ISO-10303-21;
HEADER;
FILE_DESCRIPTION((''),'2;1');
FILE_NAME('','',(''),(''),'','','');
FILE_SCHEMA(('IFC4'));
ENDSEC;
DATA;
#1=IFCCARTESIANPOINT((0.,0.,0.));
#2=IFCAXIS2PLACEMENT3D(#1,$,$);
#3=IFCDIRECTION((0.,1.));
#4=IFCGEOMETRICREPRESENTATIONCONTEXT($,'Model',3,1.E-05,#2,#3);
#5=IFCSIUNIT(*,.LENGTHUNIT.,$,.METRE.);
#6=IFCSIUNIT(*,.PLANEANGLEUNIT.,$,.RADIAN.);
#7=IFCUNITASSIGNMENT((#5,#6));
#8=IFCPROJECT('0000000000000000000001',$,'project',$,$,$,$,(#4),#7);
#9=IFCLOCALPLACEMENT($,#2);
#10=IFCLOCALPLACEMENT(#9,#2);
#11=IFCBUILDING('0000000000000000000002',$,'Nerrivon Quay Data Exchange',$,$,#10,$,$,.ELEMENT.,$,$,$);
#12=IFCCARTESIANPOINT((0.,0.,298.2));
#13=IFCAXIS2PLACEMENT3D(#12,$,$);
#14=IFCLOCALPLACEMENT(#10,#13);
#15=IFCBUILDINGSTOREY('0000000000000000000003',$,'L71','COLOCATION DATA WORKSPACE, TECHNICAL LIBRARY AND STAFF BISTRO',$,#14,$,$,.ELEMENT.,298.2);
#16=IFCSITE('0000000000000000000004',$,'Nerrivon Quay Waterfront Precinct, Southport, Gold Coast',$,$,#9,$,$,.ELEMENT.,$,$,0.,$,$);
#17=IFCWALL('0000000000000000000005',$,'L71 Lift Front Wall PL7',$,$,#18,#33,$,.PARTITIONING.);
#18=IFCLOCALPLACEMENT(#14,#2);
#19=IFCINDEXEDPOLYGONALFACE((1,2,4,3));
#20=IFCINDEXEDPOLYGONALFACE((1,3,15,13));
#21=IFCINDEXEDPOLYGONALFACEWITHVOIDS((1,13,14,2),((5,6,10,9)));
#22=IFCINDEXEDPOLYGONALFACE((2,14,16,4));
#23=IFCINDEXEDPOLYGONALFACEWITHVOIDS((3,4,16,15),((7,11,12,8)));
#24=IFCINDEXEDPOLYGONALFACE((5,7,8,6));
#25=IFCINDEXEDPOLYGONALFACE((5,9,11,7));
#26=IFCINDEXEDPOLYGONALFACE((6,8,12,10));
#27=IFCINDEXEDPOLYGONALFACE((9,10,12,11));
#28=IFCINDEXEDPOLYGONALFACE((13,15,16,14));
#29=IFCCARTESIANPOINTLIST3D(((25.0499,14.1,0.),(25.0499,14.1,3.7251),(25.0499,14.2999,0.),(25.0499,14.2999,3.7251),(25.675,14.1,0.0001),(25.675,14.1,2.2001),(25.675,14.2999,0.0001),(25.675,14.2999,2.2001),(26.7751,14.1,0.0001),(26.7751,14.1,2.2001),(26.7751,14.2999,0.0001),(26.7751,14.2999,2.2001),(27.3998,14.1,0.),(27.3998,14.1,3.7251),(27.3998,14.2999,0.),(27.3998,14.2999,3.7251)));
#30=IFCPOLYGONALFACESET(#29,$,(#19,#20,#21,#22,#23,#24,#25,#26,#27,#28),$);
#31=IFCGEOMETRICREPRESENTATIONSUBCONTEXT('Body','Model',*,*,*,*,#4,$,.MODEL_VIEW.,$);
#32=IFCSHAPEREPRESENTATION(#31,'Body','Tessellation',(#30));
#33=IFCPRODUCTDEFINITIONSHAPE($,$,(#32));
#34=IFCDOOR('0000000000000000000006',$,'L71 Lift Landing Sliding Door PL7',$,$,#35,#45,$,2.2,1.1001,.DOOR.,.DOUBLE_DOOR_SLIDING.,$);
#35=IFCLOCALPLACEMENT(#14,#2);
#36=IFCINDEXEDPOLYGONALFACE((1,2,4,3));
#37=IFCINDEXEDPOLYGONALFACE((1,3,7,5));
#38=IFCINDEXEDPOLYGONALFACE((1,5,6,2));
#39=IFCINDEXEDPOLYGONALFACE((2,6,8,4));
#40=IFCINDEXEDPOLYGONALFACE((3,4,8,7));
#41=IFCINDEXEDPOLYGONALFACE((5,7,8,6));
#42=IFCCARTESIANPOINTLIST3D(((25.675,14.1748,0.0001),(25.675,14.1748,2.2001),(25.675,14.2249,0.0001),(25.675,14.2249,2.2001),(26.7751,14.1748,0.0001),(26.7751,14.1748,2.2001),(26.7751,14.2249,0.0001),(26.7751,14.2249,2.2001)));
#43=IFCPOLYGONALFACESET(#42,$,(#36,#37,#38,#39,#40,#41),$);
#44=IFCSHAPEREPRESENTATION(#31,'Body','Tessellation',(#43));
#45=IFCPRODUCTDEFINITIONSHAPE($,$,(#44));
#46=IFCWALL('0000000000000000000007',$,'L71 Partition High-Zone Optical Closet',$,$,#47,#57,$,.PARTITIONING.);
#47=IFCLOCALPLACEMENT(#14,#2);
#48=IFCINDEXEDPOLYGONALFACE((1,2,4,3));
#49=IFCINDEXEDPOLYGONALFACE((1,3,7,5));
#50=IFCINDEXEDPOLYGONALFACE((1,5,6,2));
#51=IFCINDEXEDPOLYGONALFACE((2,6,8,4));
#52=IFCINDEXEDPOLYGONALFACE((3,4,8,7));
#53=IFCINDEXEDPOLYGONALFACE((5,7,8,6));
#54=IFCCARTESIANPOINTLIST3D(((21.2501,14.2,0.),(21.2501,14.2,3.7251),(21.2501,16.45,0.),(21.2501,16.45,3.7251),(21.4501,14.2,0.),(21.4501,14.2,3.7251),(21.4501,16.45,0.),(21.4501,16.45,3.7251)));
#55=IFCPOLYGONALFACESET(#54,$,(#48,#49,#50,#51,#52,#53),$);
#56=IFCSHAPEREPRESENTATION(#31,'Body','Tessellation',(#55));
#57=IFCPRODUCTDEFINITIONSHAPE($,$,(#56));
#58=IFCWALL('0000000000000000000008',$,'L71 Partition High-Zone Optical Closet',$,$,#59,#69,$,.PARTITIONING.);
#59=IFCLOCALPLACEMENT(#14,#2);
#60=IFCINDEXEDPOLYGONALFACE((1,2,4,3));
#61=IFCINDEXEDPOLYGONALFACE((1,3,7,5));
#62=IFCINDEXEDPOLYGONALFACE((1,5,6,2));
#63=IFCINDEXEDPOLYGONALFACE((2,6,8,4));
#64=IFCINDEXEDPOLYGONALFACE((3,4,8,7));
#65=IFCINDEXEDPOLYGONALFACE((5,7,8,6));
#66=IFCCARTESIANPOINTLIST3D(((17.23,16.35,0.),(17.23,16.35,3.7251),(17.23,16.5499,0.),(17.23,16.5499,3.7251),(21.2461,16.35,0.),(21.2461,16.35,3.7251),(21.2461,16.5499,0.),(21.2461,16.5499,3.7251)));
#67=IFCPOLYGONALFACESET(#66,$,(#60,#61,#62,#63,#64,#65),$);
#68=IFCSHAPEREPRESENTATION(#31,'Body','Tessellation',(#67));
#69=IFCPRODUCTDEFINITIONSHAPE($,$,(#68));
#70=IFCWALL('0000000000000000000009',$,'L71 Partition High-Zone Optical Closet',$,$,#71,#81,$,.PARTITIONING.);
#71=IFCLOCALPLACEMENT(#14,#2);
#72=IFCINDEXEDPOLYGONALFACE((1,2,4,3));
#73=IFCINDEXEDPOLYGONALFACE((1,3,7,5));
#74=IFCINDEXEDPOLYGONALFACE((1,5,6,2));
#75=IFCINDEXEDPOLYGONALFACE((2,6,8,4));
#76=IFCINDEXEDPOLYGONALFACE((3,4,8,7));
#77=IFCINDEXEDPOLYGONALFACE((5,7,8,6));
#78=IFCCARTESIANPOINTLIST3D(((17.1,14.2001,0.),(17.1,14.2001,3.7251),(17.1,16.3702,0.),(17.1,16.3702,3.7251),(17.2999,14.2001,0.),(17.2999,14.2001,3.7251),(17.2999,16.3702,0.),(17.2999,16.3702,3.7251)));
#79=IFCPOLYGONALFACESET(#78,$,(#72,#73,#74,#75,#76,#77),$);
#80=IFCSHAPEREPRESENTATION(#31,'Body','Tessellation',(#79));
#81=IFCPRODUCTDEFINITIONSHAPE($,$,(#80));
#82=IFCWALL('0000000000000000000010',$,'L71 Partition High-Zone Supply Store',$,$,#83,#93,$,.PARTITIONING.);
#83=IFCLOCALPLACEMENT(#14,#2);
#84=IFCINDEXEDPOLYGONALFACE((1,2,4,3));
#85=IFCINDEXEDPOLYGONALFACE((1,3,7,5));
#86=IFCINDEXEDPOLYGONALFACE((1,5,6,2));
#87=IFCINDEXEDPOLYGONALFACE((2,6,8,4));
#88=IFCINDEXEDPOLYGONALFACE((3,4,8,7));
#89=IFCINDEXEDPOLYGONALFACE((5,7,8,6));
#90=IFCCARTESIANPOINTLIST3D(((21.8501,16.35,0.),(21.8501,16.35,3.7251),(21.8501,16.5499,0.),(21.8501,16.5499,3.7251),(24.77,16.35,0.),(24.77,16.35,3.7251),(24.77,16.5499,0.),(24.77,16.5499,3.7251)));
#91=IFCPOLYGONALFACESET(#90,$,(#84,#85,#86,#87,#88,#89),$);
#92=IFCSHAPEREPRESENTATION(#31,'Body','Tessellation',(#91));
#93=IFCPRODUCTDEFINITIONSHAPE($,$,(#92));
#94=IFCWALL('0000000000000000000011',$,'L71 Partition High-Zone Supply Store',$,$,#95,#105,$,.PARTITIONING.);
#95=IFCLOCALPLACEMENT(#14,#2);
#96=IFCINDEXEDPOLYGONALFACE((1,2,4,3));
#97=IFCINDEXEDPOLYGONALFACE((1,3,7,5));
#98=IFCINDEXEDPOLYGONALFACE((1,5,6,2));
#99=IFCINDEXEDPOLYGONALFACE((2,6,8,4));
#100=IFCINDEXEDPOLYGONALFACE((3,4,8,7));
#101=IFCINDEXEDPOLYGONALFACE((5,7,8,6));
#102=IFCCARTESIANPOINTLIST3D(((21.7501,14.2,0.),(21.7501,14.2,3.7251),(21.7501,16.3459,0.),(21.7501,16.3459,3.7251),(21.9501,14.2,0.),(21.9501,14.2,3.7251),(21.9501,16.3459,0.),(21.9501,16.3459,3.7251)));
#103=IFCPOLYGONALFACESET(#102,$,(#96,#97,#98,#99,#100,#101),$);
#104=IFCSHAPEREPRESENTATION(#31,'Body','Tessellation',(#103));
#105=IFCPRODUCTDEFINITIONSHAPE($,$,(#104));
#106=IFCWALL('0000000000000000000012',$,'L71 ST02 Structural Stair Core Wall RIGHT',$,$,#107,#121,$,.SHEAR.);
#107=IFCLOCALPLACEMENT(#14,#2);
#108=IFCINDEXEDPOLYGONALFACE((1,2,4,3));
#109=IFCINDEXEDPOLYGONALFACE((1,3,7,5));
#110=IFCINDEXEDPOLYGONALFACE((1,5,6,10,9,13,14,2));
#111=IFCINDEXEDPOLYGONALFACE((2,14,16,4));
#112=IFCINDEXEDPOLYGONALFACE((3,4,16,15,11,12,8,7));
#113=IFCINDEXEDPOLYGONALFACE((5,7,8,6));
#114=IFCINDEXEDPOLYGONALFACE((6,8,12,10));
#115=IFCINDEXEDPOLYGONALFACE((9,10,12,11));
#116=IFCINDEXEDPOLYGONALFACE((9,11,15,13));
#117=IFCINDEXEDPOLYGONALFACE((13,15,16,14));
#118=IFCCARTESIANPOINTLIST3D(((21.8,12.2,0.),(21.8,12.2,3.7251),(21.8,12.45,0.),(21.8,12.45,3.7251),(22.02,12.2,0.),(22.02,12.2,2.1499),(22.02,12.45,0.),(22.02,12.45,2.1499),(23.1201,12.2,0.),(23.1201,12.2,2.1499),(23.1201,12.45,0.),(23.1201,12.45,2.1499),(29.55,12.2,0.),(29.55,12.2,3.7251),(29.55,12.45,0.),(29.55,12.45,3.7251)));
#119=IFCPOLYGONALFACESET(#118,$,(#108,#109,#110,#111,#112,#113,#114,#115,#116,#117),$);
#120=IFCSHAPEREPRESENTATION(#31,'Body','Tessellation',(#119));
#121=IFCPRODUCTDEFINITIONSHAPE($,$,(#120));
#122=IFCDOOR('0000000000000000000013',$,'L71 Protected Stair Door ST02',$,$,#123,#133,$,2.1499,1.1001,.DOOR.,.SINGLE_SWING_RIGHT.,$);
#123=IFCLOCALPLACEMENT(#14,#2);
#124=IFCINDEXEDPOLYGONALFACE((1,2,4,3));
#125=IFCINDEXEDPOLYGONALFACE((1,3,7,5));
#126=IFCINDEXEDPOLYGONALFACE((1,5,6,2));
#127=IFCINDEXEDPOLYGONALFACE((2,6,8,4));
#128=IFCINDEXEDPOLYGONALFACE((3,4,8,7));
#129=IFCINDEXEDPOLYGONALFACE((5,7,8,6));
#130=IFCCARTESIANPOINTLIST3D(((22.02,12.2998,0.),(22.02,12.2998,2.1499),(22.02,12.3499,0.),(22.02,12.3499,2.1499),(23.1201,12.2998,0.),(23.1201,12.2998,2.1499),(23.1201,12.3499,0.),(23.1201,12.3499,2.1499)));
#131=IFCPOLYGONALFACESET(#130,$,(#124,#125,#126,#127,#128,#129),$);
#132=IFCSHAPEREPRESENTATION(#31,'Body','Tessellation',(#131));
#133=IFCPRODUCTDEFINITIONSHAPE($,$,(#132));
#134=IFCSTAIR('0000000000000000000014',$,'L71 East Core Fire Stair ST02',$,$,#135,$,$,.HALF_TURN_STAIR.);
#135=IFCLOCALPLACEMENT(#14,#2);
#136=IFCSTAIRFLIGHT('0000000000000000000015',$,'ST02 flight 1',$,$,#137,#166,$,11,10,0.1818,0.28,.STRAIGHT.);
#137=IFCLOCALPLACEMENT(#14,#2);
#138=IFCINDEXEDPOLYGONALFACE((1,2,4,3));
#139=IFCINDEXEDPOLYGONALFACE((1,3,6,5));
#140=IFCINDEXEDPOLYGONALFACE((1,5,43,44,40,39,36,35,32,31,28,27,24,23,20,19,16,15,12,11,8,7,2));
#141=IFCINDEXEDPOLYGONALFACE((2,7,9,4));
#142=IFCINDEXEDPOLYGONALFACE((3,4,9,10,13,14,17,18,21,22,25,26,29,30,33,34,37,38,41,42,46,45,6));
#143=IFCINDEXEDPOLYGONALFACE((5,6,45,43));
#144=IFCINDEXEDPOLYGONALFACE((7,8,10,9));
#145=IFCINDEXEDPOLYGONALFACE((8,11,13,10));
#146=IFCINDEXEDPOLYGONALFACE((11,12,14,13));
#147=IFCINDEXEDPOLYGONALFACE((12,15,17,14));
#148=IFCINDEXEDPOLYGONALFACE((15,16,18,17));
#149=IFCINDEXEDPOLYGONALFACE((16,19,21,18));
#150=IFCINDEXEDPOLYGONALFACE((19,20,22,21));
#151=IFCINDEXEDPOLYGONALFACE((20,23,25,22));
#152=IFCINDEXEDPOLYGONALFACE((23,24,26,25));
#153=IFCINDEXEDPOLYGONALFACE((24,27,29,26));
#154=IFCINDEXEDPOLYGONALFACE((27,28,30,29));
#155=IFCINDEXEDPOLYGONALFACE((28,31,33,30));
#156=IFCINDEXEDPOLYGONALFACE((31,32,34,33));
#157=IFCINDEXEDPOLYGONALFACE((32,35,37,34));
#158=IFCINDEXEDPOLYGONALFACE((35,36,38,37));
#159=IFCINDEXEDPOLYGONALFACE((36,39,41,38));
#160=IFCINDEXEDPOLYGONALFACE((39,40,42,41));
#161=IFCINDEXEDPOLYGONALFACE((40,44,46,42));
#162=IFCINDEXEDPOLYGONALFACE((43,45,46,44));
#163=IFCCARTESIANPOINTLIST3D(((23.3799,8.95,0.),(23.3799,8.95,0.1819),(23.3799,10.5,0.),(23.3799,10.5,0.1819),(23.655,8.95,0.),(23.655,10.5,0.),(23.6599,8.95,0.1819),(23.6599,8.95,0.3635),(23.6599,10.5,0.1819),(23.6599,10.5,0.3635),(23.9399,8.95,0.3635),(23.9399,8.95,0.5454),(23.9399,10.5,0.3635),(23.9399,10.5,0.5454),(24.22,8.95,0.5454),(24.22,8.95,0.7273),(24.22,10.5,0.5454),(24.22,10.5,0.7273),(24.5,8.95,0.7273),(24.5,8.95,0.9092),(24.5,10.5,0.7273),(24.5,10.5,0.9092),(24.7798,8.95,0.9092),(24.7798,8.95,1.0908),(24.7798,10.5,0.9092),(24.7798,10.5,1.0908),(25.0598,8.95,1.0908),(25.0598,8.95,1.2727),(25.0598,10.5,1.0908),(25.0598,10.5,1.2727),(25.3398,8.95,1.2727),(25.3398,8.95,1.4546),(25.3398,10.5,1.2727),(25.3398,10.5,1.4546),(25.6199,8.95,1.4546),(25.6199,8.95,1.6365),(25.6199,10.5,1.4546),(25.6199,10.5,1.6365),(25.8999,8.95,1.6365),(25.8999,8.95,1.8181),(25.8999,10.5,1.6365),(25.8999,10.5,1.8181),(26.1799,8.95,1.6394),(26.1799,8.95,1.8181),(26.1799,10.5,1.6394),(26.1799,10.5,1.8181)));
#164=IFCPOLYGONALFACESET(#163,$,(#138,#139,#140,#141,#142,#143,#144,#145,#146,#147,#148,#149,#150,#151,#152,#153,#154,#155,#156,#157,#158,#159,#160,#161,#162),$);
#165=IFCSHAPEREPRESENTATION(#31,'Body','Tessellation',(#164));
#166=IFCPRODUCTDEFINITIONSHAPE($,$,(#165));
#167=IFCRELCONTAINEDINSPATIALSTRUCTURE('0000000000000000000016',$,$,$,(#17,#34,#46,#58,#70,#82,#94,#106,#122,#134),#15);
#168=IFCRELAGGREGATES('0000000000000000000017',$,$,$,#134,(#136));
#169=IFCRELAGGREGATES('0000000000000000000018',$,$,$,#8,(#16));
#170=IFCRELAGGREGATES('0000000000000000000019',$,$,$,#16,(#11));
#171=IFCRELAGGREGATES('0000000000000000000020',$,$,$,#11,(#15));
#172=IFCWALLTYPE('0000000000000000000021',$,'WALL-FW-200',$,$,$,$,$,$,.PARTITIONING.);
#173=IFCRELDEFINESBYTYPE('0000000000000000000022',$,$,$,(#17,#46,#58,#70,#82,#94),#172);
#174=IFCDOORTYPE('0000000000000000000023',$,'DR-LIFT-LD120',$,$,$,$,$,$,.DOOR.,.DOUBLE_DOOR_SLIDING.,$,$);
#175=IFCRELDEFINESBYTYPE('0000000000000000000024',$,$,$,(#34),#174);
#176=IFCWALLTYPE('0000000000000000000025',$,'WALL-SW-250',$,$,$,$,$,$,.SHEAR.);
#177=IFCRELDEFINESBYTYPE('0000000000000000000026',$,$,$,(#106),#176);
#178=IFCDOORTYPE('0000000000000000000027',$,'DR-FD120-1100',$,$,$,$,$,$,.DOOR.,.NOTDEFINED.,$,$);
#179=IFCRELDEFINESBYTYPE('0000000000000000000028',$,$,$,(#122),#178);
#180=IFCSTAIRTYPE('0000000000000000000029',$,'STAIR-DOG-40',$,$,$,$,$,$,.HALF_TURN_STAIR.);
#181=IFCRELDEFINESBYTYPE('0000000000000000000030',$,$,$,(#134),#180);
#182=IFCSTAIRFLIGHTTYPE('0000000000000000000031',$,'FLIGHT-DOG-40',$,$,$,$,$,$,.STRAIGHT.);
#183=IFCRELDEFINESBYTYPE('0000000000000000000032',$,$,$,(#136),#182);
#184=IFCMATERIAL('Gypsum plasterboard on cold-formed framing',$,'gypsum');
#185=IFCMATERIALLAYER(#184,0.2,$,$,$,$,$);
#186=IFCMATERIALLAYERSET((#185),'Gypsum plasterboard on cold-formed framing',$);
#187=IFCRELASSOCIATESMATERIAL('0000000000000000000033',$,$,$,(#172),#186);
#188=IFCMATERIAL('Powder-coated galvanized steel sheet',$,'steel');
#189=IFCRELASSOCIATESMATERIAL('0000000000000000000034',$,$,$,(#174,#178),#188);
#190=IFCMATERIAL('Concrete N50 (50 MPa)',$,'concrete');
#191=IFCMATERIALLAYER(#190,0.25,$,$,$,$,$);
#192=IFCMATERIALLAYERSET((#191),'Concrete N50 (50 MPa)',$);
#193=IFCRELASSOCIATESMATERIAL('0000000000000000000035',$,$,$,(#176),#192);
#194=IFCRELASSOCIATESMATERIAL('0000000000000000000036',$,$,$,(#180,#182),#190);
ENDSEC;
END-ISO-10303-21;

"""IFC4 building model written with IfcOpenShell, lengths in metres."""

from ifc_helpers import new_model, si_unit, direction, frame, frame_2d, origin, place, context, subcontext, project, spatial, polyline, rectangle, outline, extrude, material, layer, layer_set, type_object, element, fill, aggregate, save


model = new_model("IFC4")

# Units and contexts
model_context = context("Model", 3, precision=1e-05, world=origin(), true_north=direction((0.0, 1.0)))
body_context = subcontext(model_context, "Body", "Model", "MODEL_VIEW")
ifc_project = project(units=[si_unit("LENGTHUNIT", "METRE"), si_unit("PLANEANGLEUNIT", "RADIAN")], contexts=[model_context])

# Site, building, storey
site_placement = place(None, origin())
site = spatial("IfcSite", under=ifc_project, at=site_placement, Name="Nerrivon Quay Waterfront Precinct, Southport, Gold Coast", CompositionType="ELEMENT", RefElevation=0.0)
building_placement = place(site_placement, origin())
building = spatial("IfcBuilding", under=site, at=building_placement, Name="Nerrivon Quay Data Exchange", CompositionType="ELEMENT")
storey_placement = place(building_placement, frame((0.0, 0.0, 298.2)))
storey = spatial("IfcBuildingStorey", under=building, at=storey_placement, Name="L71", Description="COLOCATION DATA WORKSPACE, TECHNICAL LIBRARY AND STAFF BISTRO", CompositionType="ELEMENT", Elevation=298.2)

# Shared definitions
ifc_material_1 = material(Name="Concrete N50 (50 MPa)", Category="concrete")

# Shared definitions
ifc_material_2 = material(Name="Gypsum plasterboard on cold-formed framing", Category="gypsum")
ifc_layer_1 = layer(ifc_material_2, 0.2)
ifc_layer_set_1 = layer_set([ifc_layer_1], Name="Gypsum plasterboard on cold-formed framing")
wall_type_1 = type_object("IfcWallType", Name="WALL-FW-200", PredefinedType="PARTITIONING", material=ifc_layer_set_1)

# Wall, opening, door
ifc_material_3 = material(Name="Powder-coated galvanized steel sheet", Category="steel")
door_type_1 = type_object("IfcDoorType", Name="DR-LIFT-LD120", OperationType="DOUBLE_DOOR_SLIDING", PredefinedType="DOOR", material=ifc_material_3)
wall_1_placement = place(storey_placement, frame((25.05, 14.2, 0.0), z_axis=(0.0, 0.0, 1.0), x_axis=(1.0, 0.0, 0.0)))
wall_1 = element("IfcWall", 1, at=wall_1_placement, inside=storey, type_object=wall_type_1, Name="L71 Lift Front Wall PL7", PredefinedType="PARTITIONING", context=body_context, shape_type="SweptSolid", body=[
    extrude(rectangle(XDim=2.3499, YDim=0.2, at=frame_2d((1.1748, 0.0))), origin(), (0.0, 0.0, 1.0), 3.7251),
])
opening_1_placement = place(wall_1_placement, frame((0.625, 0.0, 0.0)))
opening_1 = element("IfcOpeningElement", 2, at=opening_1_placement, cuts=wall_1, PredefinedType="OPENING", context=body_context, shape_type="SweptSolid", body=[
    extrude(rectangle(XDim=1.1001, YDim=2.2, at=frame_2d((0.55, 1.1001))), frame((0.0, 0.1099, 0.0), z_axis=(0.0, -1.0, 0.0), x_axis=(1.0, 0.0, 0.0)), (0.0, 0.0, 1.0), 0.22),
])
door_1_placement = place(opening_1_placement, origin())
door_1 = element("IfcDoor", 3, at=door_1_placement, inside=storey, type_object=door_type_1, Name="L71 Lift Landing Sliding Door PL7", OperationType="DOUBLE_DOOR_SLIDING", OverallHeight=2.2, OverallWidth=1.1001, PredefinedType="DOOR", context=body_context, shape_type="SweptSolid", body=[
    extrude(rectangle(XDim=1.1001, YDim=2.2, at=frame_2d((0.55, 1.1001))), frame((0.0, 0.0249, 0.0), z_axis=(0.0, -1.0, 0.0), x_axis=(1.0, 0.0, 0.0)), (0.0, 0.0, 1.0), 0.05),
])
fill(opening_1, door_1)

# Walls
wall_2_placement = place(storey_placement, frame((21.3501, 14.2, 0.0), z_axis=(0.0, 0.0, 1.0), x_axis=(0.0, 1.0, 0.0)))
element("IfcWall", 4, at=wall_2_placement, inside=storey, type_object=wall_type_1, Name="L71 Partition High-Zone Optical Closet", PredefinedType="PARTITIONING", context=body_context, shape_type="SweptSolid", body=[
    extrude(rectangle(XDim=2.25, YDim=0.2, at=frame_2d((1.125, 0.0))), origin(), (0.0, 0.0, 1.0), 3.7251),
])
wall_3_placement = place(storey_placement, frame((21.2461, 16.45, 0.0), z_axis=(0.0, 0.0, 1.0), x_axis=(-1.0, 0.0, 0.0)))
element("IfcWall", 5, at=wall_3_placement, inside=storey, type_object=wall_type_1, Name="L71 Partition High-Zone Optical Closet", PredefinedType="PARTITIONING", context=body_context, shape_type="SweptSolid", body=[
    extrude(rectangle(XDim=4.0161, YDim=0.2, at=frame_2d((2.0081, 0.0))), origin(), (0.0, 0.0, 1.0), 3.7251),
])
wall_4_placement = place(storey_placement, frame((17.2, 16.3701, 0.0), z_axis=(0.0, 0.0, 1.0), x_axis=(0.0, -1.0, 0.0)))
element("IfcWall", 6, at=wall_4_placement, inside=storey, type_object=wall_type_1, Name="L71 Partition High-Zone Optical Closet", PredefinedType="PARTITIONING", context=body_context, shape_type="SweptSolid", body=[
    extrude(rectangle(XDim=2.1702, YDim=0.2, at=frame_2d((1.085, 0.0))), origin(), (0.0, 0.0, 1.0), 3.7251),
])

# Walls
wall_5_placement = place(storey_placement, frame((24.77, 16.45, 0.0), z_axis=(0.0, 0.0, 1.0), x_axis=(-1.0, 0.0, 0.0)))
element("IfcWall", 7, at=wall_5_placement, inside=storey, type_object=wall_type_1, Name="L71 Partition High-Zone Supply Store", PredefinedType="PARTITIONING", context=body_context, shape_type="SweptSolid", body=[
    extrude(rectangle(XDim=2.9199, YDim=0.2, at=frame_2d((1.46, 0.0))), origin(), (0.0, 0.0, 1.0), 3.7251),
])
wall_6_placement = place(storey_placement, frame((21.8501, 16.3459, 0.0), z_axis=(0.0, 0.0, 1.0), x_axis=(0.0, -1.0, 0.0)))
element("IfcWall", 8, at=wall_6_placement, inside=storey, type_object=wall_type_1, Name="L71 Partition High-Zone Supply Store", PredefinedType="PARTITIONING", context=body_context, shape_type="SweptSolid", body=[
    extrude(rectangle(XDim=2.146, YDim=0.2, at=frame_2d((1.073, 0.0))), origin(), (0.0, 0.0, 1.0), 3.7251),
])

# Wall, opening, door
ifc_layer_2 = layer(ifc_material_1, 0.25)
ifc_layer_set_2 = layer_set([ifc_layer_2], Name="Concrete N50 (50 MPa)")
wall_type_2 = type_object("IfcWallType", Name="WALL-SW-250", PredefinedType="SHEAR", material=ifc_layer_set_2)
wall_7_placement = place(storey_placement, frame((21.8, 12.325, 0.0), z_axis=(0.0, 0.0, 1.0), x_axis=(1.0, 0.0, 0.0)))
wall_7 = element("IfcWall", 9, at=wall_7_placement, inside=storey, type_object=wall_type_2, Name="L71 ST02 Structural Stair Core Wall RIGHT", PredefinedType="SHEAR", context=body_context, shape_type="SweptSolid", body=[
    extrude(rectangle(XDim=7.75, YDim=0.25, at=frame_2d((3.875, 0.0))), origin(), (0.0, 0.0, 1.0), 3.7251),
])
opening_2_placement = place(wall_7_placement, frame((0.22, 0.0, 0.0)))
opening_2 = element("IfcOpeningElement", 10, at=opening_2_placement, cuts=wall_7, PredefinedType="OPENING", context=body_context, shape_type="SweptSolid", body=[
    extrude(rectangle(XDim=1.1001, YDim=2.1499, at=frame_2d((0.55, 1.075))), frame((0.0, 0.135, 0.0), z_axis=(0.0, -1.0, 0.0), x_axis=(1.0, 0.0, 0.0)), (0.0, 0.0, 1.0), 0.27),
])
door_type_2 = type_object("IfcDoorType", Name="DR-FD120-1100", OperationType="NOTDEFINED", PredefinedType="DOOR", material=ifc_material_3)
door_2_placement = place(opening_2_placement, origin())
door_2 = element("IfcDoor", 11, at=door_2_placement, inside=storey, type_object=door_type_2, Name="L71 Protected Stair Door ST02", OperationType="SINGLE_SWING_RIGHT", OverallHeight=2.1499, OverallWidth=1.1001, PredefinedType="DOOR", context=body_context, shape_type="SweptSolid", body=[
    extrude(rectangle(XDim=1.1001, YDim=2.1499, at=frame_2d((0.55, 1.075))), frame((0.0, 0.0249, 0.0), z_axis=(0.0, -1.0, 0.0), x_axis=(1.0, 0.0, 0.0)), (0.0, 0.0, 1.0), 0.05),
])
fill(opening_2, door_2)

# Stair, stair flight
stair_type = type_object("IfcStairType", Name="STAIR-DOG-40", PredefinedType="HALF_TURN_STAIR", material=ifc_material_1)
stair_placement = place(storey_placement, origin())
stair = element("IfcStair", 12, at=stair_placement, inside=storey, type_object=stair_type, Name="L71 East Core Fire Stair ST02", PredefinedType="HALF_TURN_STAIR")
stair_flight_type = type_object("IfcStairFlightType", Name="FLIGHT-DOG-40", PredefinedType="STRAIGHT", material=ifc_material_1)
stair_flight_placement = place(storey_placement, frame((23.3799, 9.7251, 0.0), z_axis=(0.0, 0.0, 1.0), x_axis=(1.0, 0.0, 0.0)))
stair_flight = element("IfcStairFlight", 13, at=stair_flight_placement, type_object=stair_flight_type, Name="ST02 flight 1", NumberOfRisers=11, NumberOfTreads=10, PredefinedType="STRAIGHT", RiserHeight=0.1818, TreadLength=0.28, context=body_context, shape_type="SweptSolid", body=[
    extrude(outline(polyline([(0.0, 0.0), (0.0, 0.1819), (0.28, 0.1819), (0.28, 0.3635), (0.5601, 0.3635), (0.5601, 0.5454), (0.8401, 0.5454), (0.8401, 0.7273), (1.1201, 0.7273), (1.1201, 0.9092), (1.3999, 0.9092), (1.3999, 1.0908), (1.6799, 1.0908), (1.6799, 1.2727), (1.96, 1.2727), (1.96, 1.4546), (2.24, 1.4546), (2.24, 1.6365), (2.52, 1.6365), (2.52, 1.8181), (2.8, 1.8181), (2.8, 2.0), (2.8, 1.6394), (0.2751, 0.0), (0.0, 0.0)])), frame((0.0, 0.7749, 0.0), z_axis=(0.0, -1.0, 0.0), x_axis=(1.0, 0.0, 0.0)), (0.0, 0.0, 1.0), 1.55),
])
aggregate(stair, [stair_flight])

save(model, "model.ifc")
